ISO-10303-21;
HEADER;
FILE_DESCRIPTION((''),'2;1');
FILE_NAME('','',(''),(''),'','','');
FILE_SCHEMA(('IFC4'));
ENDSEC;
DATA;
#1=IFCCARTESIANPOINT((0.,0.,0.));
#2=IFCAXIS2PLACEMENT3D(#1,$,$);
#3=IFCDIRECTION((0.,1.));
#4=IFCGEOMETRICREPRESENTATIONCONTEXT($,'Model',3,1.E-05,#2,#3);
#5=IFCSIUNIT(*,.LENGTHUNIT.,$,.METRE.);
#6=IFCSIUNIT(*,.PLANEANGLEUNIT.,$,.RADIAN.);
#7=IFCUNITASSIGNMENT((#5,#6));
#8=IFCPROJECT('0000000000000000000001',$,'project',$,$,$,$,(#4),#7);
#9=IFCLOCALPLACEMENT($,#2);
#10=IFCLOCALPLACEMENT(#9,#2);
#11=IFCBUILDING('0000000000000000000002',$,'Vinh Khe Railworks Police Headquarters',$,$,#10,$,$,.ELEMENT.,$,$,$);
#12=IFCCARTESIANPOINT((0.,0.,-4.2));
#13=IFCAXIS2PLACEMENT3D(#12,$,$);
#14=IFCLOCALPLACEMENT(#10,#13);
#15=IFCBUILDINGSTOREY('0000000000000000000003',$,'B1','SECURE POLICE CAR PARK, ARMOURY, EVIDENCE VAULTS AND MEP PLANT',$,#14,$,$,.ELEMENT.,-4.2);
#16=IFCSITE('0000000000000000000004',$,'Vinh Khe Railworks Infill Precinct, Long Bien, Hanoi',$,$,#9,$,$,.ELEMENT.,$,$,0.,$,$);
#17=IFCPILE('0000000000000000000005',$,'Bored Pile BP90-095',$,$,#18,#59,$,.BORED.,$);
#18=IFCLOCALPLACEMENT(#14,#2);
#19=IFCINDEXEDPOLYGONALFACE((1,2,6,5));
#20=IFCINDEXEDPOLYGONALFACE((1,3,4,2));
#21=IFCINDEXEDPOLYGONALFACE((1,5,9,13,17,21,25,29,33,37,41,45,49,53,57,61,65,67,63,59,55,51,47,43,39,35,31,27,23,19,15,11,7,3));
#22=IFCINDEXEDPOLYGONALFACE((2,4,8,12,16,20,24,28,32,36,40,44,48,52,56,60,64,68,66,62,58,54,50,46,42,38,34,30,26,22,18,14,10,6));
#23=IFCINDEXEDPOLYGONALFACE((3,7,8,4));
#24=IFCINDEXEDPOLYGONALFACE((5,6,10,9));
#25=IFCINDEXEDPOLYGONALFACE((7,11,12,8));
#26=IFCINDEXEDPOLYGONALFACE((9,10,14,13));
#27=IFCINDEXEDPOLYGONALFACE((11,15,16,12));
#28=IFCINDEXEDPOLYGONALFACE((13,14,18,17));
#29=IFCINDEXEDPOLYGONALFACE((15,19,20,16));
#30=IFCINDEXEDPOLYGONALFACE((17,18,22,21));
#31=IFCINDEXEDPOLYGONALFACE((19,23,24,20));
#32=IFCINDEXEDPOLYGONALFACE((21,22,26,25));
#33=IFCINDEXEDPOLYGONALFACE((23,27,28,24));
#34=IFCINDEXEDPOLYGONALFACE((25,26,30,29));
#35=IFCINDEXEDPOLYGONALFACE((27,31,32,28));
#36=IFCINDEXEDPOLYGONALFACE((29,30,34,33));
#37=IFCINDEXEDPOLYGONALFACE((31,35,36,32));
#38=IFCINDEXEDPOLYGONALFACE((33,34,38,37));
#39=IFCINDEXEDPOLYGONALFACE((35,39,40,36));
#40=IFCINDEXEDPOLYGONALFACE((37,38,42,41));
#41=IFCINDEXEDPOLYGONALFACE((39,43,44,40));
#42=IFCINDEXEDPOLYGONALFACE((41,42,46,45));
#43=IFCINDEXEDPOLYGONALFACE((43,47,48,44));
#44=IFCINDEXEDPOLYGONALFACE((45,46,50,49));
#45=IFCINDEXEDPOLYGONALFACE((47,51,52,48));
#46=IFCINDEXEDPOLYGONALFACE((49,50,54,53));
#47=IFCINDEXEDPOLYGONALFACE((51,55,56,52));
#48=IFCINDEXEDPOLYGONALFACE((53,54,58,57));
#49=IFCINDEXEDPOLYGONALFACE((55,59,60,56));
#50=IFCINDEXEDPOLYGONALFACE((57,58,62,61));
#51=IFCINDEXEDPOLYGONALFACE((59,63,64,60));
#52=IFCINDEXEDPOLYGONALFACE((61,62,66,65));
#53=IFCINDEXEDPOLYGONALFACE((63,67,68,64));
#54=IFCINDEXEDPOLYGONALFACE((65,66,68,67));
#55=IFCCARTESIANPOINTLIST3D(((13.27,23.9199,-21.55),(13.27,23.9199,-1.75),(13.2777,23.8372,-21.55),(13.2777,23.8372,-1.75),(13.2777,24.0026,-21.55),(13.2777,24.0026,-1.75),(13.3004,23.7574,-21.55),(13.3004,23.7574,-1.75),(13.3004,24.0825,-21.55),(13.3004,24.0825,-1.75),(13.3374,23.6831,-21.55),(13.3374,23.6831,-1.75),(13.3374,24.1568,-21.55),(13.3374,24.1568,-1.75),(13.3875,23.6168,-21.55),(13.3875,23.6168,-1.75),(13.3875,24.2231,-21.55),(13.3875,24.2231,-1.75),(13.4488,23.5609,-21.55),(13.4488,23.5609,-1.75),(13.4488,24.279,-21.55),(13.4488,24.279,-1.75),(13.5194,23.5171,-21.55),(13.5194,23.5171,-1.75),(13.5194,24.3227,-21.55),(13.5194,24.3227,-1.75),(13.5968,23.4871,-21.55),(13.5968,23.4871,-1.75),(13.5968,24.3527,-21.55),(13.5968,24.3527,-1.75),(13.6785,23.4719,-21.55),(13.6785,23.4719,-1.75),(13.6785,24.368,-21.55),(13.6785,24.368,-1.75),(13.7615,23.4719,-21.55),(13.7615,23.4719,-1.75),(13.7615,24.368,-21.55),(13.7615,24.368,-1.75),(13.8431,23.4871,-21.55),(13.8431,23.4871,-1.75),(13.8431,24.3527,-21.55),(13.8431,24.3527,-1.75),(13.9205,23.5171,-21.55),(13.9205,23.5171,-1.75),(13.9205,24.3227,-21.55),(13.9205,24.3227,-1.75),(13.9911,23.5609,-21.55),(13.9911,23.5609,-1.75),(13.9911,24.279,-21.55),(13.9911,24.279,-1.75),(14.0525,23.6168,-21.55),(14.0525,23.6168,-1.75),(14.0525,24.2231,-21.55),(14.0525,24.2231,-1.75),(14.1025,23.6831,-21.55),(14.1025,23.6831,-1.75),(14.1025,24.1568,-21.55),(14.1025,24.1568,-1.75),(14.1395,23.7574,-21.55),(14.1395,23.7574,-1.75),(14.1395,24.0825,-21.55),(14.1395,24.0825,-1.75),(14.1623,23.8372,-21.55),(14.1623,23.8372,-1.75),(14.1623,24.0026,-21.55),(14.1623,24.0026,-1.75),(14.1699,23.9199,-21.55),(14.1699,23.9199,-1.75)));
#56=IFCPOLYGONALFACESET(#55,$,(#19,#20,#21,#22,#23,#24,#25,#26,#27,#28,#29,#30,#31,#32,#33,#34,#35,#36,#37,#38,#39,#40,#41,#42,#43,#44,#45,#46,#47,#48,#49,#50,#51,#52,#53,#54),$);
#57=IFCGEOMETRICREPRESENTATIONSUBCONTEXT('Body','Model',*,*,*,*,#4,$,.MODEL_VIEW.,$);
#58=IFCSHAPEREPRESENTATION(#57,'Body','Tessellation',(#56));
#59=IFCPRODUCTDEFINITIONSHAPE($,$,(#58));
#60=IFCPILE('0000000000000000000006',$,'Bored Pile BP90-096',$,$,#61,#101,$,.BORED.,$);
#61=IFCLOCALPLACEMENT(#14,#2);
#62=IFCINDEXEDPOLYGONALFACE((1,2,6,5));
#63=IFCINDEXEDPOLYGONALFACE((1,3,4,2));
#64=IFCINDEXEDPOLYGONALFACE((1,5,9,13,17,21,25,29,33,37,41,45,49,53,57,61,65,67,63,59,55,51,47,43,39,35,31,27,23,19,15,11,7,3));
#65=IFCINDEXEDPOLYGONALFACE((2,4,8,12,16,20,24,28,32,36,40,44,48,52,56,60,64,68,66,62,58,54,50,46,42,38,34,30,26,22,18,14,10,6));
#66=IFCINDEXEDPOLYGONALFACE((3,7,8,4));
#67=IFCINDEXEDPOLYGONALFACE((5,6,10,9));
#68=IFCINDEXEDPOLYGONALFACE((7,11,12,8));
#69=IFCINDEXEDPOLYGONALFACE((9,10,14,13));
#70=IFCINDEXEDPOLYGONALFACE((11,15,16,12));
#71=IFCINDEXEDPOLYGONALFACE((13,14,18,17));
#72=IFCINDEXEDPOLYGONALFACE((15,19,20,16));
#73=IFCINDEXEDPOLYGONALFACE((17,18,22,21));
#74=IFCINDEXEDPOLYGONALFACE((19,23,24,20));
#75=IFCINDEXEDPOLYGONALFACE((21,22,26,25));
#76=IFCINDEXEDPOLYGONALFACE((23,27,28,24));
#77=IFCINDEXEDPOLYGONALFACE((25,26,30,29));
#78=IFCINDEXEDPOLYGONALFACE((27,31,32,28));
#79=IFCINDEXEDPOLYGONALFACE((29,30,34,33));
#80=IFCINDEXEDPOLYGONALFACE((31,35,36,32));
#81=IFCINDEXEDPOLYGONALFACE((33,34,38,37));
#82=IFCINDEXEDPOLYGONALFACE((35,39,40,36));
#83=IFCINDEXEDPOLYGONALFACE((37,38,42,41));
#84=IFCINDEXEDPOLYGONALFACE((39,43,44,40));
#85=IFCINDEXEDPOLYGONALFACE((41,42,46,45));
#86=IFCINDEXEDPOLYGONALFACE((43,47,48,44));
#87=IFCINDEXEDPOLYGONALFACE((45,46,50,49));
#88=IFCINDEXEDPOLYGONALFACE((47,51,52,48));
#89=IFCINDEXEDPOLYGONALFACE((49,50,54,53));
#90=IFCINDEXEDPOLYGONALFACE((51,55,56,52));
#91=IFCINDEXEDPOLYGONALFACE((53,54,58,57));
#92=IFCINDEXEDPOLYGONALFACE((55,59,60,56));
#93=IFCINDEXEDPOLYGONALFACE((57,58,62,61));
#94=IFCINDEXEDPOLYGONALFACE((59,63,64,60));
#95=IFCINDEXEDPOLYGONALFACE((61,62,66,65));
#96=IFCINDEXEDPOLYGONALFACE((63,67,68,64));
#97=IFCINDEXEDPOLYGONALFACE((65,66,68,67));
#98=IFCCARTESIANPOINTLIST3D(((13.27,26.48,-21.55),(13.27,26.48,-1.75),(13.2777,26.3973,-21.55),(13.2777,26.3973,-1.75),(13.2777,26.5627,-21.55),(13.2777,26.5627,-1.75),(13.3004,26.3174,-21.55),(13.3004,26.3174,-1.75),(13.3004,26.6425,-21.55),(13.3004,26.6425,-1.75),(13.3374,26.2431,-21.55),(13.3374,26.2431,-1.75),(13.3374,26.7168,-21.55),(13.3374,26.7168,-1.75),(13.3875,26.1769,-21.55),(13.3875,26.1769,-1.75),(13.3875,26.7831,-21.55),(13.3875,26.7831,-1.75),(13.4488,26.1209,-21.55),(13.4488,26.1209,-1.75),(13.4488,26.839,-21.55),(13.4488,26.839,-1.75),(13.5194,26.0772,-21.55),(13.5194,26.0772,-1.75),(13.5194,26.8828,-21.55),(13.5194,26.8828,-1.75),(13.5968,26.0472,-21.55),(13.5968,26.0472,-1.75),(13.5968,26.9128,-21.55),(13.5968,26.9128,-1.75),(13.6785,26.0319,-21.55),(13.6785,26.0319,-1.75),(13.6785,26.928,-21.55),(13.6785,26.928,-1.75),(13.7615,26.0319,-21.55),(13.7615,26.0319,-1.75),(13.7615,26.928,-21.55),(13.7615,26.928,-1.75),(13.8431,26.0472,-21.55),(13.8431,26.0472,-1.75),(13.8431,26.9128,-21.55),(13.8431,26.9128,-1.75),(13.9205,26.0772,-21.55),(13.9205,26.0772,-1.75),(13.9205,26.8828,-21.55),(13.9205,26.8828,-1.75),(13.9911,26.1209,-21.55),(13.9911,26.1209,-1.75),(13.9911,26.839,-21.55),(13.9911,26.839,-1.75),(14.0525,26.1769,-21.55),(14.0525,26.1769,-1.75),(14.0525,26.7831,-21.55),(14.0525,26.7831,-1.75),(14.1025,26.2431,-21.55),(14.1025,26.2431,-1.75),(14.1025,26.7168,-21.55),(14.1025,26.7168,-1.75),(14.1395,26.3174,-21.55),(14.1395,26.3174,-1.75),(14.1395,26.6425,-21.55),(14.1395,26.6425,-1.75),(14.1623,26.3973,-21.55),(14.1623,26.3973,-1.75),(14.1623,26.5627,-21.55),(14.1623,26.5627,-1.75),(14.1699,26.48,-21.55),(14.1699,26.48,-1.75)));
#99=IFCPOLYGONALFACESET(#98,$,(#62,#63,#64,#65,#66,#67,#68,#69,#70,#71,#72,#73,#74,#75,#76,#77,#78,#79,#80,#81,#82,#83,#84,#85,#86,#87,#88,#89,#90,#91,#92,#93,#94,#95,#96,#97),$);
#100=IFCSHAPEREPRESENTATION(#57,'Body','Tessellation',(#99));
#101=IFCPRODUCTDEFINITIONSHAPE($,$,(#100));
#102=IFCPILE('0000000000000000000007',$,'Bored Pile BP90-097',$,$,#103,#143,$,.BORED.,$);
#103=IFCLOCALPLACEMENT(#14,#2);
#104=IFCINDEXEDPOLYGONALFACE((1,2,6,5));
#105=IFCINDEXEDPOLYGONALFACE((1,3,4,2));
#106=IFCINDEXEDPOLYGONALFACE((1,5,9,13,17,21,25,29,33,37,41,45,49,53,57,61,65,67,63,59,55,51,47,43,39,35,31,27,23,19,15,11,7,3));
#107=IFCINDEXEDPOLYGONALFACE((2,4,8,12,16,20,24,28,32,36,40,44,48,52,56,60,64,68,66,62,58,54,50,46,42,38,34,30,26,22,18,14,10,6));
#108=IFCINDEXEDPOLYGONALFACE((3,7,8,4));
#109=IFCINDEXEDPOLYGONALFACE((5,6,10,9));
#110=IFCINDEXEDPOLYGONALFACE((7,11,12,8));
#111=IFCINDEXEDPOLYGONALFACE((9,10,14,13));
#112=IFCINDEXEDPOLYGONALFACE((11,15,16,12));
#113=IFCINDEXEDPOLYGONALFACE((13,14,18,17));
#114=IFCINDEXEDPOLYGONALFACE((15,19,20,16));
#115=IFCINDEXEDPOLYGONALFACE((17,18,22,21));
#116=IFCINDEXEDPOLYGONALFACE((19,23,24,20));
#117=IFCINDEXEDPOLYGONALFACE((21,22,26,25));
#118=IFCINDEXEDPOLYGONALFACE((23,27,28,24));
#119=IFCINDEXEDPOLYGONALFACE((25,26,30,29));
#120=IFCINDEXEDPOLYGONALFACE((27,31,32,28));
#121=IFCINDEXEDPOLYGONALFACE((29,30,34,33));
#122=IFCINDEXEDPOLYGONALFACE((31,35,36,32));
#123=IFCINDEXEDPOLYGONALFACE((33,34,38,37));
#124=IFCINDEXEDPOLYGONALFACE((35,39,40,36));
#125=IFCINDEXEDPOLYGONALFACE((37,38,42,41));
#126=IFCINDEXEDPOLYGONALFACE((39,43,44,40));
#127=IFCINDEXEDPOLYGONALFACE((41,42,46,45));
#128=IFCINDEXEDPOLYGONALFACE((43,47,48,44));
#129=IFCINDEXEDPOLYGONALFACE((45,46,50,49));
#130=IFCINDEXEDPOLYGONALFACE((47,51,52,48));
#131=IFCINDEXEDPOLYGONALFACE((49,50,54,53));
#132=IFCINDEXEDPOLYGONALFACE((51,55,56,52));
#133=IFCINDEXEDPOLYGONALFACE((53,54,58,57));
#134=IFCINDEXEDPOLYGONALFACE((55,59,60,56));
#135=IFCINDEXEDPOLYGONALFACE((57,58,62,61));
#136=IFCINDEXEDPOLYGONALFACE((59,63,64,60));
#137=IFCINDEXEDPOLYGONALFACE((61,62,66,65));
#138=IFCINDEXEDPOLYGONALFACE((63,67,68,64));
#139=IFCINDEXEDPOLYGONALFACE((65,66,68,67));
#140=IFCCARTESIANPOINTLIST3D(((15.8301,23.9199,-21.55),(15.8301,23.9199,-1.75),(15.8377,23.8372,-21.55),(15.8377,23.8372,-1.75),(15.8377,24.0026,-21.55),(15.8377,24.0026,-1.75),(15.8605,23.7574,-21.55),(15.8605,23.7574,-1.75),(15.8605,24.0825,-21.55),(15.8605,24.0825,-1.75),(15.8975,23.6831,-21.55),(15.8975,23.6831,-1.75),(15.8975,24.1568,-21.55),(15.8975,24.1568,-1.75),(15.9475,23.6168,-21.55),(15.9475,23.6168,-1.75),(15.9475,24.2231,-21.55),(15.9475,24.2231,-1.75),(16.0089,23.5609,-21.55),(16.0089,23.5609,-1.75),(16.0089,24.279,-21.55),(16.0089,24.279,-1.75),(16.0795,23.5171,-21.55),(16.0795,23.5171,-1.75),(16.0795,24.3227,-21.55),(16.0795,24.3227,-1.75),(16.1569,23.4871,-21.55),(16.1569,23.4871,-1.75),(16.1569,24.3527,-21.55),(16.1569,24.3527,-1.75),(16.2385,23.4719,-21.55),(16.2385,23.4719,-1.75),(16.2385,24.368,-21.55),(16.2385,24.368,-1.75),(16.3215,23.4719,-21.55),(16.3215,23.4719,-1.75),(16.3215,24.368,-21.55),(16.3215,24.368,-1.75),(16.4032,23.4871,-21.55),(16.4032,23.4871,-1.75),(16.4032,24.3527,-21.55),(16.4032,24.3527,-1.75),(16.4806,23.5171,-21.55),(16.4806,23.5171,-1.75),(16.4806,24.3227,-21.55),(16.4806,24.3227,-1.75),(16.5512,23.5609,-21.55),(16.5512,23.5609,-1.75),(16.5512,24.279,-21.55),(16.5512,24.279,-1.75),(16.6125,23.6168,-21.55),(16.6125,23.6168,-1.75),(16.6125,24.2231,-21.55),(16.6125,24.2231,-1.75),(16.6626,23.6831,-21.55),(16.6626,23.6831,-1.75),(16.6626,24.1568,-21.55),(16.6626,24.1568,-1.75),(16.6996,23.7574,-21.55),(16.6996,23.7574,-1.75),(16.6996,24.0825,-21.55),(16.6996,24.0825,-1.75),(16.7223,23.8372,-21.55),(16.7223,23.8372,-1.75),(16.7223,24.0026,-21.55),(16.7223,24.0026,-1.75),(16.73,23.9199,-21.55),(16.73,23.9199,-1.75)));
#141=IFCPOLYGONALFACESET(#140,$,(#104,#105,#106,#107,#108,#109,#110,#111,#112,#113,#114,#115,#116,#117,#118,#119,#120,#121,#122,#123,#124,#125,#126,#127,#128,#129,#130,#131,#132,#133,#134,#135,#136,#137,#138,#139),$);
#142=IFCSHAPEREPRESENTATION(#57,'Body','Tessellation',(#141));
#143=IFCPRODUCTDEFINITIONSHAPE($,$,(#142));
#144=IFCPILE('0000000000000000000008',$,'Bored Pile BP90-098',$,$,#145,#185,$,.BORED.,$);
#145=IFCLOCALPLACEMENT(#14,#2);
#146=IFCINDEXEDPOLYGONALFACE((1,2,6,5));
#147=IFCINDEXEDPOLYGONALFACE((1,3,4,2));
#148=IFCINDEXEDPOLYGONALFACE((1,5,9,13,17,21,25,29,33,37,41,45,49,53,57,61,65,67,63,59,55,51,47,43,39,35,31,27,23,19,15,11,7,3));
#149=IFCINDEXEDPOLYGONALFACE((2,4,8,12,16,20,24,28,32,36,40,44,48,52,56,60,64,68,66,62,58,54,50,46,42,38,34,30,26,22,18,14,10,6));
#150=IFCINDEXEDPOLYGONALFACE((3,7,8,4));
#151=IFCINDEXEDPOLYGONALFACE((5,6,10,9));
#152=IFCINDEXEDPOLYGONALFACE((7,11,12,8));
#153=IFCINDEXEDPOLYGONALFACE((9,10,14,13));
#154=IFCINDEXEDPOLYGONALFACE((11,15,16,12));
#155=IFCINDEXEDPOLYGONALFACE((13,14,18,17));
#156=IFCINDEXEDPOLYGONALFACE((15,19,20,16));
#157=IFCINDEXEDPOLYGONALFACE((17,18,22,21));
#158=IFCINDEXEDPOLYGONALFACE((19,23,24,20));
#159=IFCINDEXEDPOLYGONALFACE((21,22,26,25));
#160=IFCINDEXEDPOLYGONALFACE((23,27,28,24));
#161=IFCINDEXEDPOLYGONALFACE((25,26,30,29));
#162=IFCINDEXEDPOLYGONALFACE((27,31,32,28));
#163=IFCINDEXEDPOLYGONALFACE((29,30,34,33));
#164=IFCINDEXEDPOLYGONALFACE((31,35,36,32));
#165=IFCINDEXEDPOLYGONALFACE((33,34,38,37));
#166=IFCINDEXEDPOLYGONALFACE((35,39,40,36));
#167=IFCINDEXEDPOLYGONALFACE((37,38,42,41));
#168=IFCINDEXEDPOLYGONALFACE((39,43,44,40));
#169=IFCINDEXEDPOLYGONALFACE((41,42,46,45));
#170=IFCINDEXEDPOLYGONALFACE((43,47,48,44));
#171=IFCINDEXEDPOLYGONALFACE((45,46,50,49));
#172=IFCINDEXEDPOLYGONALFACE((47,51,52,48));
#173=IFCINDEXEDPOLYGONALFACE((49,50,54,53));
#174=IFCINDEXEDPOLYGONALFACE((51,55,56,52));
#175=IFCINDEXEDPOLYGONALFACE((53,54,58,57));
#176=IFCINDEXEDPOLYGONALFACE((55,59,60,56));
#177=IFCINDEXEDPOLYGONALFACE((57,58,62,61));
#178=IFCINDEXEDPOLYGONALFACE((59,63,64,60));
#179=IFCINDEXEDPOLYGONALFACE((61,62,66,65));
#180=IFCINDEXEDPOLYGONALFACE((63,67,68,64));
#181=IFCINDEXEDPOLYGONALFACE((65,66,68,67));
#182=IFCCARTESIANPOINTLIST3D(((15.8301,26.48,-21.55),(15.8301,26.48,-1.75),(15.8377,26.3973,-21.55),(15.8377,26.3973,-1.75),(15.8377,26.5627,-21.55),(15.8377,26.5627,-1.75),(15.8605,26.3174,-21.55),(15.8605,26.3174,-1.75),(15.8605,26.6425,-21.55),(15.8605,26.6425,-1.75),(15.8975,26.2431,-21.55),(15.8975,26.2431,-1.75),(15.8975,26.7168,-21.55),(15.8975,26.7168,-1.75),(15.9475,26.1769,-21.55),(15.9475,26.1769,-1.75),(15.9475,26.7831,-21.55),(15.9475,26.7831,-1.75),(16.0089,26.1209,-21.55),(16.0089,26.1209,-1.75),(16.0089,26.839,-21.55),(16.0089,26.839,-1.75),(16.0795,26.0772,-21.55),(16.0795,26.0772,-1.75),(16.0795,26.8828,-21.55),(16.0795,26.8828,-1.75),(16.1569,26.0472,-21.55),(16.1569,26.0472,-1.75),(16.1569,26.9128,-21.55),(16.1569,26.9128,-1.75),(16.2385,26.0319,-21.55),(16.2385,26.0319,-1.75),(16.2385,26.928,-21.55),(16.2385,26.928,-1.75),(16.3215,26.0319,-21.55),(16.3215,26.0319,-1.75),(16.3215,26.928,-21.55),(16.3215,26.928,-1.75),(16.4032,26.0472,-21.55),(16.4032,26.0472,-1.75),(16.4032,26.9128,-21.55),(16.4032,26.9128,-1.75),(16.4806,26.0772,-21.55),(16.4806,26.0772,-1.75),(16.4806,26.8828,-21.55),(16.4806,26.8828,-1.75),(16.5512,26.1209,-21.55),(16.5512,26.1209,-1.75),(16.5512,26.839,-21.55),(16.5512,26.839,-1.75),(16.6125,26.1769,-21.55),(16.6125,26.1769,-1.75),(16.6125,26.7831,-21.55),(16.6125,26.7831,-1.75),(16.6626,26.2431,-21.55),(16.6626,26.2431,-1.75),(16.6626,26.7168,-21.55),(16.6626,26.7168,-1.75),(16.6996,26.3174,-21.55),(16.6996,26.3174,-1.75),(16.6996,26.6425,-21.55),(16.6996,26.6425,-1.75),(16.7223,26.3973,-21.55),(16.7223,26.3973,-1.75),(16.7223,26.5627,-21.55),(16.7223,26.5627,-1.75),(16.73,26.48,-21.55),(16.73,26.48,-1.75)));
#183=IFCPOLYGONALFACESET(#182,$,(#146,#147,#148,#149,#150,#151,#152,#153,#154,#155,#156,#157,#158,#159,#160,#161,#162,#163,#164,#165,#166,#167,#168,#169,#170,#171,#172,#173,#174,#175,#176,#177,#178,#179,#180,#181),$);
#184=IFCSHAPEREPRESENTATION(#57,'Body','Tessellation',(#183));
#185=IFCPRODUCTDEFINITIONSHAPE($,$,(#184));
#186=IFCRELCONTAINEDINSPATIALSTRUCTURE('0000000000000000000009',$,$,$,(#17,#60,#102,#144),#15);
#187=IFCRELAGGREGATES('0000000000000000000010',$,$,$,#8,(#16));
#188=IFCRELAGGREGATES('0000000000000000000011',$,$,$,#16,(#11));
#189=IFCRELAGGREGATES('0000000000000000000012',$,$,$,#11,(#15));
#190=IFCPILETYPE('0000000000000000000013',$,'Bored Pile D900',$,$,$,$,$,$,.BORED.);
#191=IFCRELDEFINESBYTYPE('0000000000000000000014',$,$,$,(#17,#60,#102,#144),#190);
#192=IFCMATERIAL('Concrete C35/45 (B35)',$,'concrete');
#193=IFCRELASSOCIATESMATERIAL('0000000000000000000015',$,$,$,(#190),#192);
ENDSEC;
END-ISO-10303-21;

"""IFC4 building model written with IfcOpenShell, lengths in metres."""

from ifc_helpers import new_model, si_unit, direction, frame, origin, origin_2d, place, context, subcontext, project, spatial, circle, extrude, material, material_profile, profile_set, type_object, element, save


model = new_model("IFC4")

# Units and contexts
model_context = context("Model", 3, precision=1e-05, world=origin(), true_north=direction((0.0, 1.0)))
body_context = subcontext(model_context, "Body", "Model", "MODEL_VIEW")
ifc_project = project(units=[si_unit("LENGTHUNIT", "METRE"), si_unit("PLANEANGLEUNIT", "RADIAN")], contexts=[model_context])

# Site, building, storey
site_placement = place(None, origin())
site = spatial("IfcSite", under=ifc_project, at=site_placement, Name="Vinh Khe Railworks Infill Precinct, Long Bien, Hanoi", CompositionType="ELEMENT", RefElevation=0.0)
building_placement = place(site_placement, origin())
building = spatial("IfcBuilding", under=site, at=building_placement, Name="Vinh Khe Railworks Police Headquarters", CompositionType="ELEMENT")
storey_placement = place(building_placement, frame((0.0, 0.0, -4.2)))
storey = spatial("IfcBuildingStorey", under=building, at=storey_placement, Name="B1", Description="SECURE POLICE CAR PARK, ARMOURY, EVIDENCE VAULTS AND MEP PLANT", CompositionType="ELEMENT", Elevation=-4.2)

# Piles
ifc_material_1 = material(Name="Concrete C35/45 (B35)", Category="concrete")
ifc_material_profile_1 = material_profile(ifc_material_1, circle(Radius=0.45, at=origin_2d()), Name="BORED PILE D900")
ifc_profile_set_1 = profile_set([ifc_material_profile_1], Name="Concrete C35/45 (B35)")
pile_type_1 = type_object("IfcPileType", Name="Bored Pile D900", PredefinedType="BORED", material=ifc_profile_set_1)
for number, where, z_axis, x_axis, name in (
    (1, (13.72, 23.9199, -1.75), (0.0, 0.0, -1.0), (1.0, 0.0, 0.0), "Bored Pile BP90-095"),
    (2, (13.72, 26.48, -1.75), (0.0, 0.0, -1.0), (1.0, 0.0, 0.0), "Bored Pile BP90-096"),
    (3, (16.28, 23.9199, -1.75), (0.0, 0.0, -1.0), (1.0, 0.0, 0.0), "Bored Pile BP90-097"),
    (4, (16.28, 26.48, -1.75), (0.0, 0.0, -1.0), (1.0, 0.0, 0.0), "Bored Pile BP90-098"),
):
    element("IfcPile", number, at=place(storey_placement, frame(where, z_axis=z_axis, x_axis=x_axis)), inside=storey, type_object=pile_type_1, Name=name, PredefinedType="BORED", context=body_context, shape_type="SweptSolid", body=[
        extrude(circle(Radius=0.45, at=origin_2d()), origin(), (0.0, 0.0, 1.0), 19.8),
    ])

save(model, "model.ifc")
